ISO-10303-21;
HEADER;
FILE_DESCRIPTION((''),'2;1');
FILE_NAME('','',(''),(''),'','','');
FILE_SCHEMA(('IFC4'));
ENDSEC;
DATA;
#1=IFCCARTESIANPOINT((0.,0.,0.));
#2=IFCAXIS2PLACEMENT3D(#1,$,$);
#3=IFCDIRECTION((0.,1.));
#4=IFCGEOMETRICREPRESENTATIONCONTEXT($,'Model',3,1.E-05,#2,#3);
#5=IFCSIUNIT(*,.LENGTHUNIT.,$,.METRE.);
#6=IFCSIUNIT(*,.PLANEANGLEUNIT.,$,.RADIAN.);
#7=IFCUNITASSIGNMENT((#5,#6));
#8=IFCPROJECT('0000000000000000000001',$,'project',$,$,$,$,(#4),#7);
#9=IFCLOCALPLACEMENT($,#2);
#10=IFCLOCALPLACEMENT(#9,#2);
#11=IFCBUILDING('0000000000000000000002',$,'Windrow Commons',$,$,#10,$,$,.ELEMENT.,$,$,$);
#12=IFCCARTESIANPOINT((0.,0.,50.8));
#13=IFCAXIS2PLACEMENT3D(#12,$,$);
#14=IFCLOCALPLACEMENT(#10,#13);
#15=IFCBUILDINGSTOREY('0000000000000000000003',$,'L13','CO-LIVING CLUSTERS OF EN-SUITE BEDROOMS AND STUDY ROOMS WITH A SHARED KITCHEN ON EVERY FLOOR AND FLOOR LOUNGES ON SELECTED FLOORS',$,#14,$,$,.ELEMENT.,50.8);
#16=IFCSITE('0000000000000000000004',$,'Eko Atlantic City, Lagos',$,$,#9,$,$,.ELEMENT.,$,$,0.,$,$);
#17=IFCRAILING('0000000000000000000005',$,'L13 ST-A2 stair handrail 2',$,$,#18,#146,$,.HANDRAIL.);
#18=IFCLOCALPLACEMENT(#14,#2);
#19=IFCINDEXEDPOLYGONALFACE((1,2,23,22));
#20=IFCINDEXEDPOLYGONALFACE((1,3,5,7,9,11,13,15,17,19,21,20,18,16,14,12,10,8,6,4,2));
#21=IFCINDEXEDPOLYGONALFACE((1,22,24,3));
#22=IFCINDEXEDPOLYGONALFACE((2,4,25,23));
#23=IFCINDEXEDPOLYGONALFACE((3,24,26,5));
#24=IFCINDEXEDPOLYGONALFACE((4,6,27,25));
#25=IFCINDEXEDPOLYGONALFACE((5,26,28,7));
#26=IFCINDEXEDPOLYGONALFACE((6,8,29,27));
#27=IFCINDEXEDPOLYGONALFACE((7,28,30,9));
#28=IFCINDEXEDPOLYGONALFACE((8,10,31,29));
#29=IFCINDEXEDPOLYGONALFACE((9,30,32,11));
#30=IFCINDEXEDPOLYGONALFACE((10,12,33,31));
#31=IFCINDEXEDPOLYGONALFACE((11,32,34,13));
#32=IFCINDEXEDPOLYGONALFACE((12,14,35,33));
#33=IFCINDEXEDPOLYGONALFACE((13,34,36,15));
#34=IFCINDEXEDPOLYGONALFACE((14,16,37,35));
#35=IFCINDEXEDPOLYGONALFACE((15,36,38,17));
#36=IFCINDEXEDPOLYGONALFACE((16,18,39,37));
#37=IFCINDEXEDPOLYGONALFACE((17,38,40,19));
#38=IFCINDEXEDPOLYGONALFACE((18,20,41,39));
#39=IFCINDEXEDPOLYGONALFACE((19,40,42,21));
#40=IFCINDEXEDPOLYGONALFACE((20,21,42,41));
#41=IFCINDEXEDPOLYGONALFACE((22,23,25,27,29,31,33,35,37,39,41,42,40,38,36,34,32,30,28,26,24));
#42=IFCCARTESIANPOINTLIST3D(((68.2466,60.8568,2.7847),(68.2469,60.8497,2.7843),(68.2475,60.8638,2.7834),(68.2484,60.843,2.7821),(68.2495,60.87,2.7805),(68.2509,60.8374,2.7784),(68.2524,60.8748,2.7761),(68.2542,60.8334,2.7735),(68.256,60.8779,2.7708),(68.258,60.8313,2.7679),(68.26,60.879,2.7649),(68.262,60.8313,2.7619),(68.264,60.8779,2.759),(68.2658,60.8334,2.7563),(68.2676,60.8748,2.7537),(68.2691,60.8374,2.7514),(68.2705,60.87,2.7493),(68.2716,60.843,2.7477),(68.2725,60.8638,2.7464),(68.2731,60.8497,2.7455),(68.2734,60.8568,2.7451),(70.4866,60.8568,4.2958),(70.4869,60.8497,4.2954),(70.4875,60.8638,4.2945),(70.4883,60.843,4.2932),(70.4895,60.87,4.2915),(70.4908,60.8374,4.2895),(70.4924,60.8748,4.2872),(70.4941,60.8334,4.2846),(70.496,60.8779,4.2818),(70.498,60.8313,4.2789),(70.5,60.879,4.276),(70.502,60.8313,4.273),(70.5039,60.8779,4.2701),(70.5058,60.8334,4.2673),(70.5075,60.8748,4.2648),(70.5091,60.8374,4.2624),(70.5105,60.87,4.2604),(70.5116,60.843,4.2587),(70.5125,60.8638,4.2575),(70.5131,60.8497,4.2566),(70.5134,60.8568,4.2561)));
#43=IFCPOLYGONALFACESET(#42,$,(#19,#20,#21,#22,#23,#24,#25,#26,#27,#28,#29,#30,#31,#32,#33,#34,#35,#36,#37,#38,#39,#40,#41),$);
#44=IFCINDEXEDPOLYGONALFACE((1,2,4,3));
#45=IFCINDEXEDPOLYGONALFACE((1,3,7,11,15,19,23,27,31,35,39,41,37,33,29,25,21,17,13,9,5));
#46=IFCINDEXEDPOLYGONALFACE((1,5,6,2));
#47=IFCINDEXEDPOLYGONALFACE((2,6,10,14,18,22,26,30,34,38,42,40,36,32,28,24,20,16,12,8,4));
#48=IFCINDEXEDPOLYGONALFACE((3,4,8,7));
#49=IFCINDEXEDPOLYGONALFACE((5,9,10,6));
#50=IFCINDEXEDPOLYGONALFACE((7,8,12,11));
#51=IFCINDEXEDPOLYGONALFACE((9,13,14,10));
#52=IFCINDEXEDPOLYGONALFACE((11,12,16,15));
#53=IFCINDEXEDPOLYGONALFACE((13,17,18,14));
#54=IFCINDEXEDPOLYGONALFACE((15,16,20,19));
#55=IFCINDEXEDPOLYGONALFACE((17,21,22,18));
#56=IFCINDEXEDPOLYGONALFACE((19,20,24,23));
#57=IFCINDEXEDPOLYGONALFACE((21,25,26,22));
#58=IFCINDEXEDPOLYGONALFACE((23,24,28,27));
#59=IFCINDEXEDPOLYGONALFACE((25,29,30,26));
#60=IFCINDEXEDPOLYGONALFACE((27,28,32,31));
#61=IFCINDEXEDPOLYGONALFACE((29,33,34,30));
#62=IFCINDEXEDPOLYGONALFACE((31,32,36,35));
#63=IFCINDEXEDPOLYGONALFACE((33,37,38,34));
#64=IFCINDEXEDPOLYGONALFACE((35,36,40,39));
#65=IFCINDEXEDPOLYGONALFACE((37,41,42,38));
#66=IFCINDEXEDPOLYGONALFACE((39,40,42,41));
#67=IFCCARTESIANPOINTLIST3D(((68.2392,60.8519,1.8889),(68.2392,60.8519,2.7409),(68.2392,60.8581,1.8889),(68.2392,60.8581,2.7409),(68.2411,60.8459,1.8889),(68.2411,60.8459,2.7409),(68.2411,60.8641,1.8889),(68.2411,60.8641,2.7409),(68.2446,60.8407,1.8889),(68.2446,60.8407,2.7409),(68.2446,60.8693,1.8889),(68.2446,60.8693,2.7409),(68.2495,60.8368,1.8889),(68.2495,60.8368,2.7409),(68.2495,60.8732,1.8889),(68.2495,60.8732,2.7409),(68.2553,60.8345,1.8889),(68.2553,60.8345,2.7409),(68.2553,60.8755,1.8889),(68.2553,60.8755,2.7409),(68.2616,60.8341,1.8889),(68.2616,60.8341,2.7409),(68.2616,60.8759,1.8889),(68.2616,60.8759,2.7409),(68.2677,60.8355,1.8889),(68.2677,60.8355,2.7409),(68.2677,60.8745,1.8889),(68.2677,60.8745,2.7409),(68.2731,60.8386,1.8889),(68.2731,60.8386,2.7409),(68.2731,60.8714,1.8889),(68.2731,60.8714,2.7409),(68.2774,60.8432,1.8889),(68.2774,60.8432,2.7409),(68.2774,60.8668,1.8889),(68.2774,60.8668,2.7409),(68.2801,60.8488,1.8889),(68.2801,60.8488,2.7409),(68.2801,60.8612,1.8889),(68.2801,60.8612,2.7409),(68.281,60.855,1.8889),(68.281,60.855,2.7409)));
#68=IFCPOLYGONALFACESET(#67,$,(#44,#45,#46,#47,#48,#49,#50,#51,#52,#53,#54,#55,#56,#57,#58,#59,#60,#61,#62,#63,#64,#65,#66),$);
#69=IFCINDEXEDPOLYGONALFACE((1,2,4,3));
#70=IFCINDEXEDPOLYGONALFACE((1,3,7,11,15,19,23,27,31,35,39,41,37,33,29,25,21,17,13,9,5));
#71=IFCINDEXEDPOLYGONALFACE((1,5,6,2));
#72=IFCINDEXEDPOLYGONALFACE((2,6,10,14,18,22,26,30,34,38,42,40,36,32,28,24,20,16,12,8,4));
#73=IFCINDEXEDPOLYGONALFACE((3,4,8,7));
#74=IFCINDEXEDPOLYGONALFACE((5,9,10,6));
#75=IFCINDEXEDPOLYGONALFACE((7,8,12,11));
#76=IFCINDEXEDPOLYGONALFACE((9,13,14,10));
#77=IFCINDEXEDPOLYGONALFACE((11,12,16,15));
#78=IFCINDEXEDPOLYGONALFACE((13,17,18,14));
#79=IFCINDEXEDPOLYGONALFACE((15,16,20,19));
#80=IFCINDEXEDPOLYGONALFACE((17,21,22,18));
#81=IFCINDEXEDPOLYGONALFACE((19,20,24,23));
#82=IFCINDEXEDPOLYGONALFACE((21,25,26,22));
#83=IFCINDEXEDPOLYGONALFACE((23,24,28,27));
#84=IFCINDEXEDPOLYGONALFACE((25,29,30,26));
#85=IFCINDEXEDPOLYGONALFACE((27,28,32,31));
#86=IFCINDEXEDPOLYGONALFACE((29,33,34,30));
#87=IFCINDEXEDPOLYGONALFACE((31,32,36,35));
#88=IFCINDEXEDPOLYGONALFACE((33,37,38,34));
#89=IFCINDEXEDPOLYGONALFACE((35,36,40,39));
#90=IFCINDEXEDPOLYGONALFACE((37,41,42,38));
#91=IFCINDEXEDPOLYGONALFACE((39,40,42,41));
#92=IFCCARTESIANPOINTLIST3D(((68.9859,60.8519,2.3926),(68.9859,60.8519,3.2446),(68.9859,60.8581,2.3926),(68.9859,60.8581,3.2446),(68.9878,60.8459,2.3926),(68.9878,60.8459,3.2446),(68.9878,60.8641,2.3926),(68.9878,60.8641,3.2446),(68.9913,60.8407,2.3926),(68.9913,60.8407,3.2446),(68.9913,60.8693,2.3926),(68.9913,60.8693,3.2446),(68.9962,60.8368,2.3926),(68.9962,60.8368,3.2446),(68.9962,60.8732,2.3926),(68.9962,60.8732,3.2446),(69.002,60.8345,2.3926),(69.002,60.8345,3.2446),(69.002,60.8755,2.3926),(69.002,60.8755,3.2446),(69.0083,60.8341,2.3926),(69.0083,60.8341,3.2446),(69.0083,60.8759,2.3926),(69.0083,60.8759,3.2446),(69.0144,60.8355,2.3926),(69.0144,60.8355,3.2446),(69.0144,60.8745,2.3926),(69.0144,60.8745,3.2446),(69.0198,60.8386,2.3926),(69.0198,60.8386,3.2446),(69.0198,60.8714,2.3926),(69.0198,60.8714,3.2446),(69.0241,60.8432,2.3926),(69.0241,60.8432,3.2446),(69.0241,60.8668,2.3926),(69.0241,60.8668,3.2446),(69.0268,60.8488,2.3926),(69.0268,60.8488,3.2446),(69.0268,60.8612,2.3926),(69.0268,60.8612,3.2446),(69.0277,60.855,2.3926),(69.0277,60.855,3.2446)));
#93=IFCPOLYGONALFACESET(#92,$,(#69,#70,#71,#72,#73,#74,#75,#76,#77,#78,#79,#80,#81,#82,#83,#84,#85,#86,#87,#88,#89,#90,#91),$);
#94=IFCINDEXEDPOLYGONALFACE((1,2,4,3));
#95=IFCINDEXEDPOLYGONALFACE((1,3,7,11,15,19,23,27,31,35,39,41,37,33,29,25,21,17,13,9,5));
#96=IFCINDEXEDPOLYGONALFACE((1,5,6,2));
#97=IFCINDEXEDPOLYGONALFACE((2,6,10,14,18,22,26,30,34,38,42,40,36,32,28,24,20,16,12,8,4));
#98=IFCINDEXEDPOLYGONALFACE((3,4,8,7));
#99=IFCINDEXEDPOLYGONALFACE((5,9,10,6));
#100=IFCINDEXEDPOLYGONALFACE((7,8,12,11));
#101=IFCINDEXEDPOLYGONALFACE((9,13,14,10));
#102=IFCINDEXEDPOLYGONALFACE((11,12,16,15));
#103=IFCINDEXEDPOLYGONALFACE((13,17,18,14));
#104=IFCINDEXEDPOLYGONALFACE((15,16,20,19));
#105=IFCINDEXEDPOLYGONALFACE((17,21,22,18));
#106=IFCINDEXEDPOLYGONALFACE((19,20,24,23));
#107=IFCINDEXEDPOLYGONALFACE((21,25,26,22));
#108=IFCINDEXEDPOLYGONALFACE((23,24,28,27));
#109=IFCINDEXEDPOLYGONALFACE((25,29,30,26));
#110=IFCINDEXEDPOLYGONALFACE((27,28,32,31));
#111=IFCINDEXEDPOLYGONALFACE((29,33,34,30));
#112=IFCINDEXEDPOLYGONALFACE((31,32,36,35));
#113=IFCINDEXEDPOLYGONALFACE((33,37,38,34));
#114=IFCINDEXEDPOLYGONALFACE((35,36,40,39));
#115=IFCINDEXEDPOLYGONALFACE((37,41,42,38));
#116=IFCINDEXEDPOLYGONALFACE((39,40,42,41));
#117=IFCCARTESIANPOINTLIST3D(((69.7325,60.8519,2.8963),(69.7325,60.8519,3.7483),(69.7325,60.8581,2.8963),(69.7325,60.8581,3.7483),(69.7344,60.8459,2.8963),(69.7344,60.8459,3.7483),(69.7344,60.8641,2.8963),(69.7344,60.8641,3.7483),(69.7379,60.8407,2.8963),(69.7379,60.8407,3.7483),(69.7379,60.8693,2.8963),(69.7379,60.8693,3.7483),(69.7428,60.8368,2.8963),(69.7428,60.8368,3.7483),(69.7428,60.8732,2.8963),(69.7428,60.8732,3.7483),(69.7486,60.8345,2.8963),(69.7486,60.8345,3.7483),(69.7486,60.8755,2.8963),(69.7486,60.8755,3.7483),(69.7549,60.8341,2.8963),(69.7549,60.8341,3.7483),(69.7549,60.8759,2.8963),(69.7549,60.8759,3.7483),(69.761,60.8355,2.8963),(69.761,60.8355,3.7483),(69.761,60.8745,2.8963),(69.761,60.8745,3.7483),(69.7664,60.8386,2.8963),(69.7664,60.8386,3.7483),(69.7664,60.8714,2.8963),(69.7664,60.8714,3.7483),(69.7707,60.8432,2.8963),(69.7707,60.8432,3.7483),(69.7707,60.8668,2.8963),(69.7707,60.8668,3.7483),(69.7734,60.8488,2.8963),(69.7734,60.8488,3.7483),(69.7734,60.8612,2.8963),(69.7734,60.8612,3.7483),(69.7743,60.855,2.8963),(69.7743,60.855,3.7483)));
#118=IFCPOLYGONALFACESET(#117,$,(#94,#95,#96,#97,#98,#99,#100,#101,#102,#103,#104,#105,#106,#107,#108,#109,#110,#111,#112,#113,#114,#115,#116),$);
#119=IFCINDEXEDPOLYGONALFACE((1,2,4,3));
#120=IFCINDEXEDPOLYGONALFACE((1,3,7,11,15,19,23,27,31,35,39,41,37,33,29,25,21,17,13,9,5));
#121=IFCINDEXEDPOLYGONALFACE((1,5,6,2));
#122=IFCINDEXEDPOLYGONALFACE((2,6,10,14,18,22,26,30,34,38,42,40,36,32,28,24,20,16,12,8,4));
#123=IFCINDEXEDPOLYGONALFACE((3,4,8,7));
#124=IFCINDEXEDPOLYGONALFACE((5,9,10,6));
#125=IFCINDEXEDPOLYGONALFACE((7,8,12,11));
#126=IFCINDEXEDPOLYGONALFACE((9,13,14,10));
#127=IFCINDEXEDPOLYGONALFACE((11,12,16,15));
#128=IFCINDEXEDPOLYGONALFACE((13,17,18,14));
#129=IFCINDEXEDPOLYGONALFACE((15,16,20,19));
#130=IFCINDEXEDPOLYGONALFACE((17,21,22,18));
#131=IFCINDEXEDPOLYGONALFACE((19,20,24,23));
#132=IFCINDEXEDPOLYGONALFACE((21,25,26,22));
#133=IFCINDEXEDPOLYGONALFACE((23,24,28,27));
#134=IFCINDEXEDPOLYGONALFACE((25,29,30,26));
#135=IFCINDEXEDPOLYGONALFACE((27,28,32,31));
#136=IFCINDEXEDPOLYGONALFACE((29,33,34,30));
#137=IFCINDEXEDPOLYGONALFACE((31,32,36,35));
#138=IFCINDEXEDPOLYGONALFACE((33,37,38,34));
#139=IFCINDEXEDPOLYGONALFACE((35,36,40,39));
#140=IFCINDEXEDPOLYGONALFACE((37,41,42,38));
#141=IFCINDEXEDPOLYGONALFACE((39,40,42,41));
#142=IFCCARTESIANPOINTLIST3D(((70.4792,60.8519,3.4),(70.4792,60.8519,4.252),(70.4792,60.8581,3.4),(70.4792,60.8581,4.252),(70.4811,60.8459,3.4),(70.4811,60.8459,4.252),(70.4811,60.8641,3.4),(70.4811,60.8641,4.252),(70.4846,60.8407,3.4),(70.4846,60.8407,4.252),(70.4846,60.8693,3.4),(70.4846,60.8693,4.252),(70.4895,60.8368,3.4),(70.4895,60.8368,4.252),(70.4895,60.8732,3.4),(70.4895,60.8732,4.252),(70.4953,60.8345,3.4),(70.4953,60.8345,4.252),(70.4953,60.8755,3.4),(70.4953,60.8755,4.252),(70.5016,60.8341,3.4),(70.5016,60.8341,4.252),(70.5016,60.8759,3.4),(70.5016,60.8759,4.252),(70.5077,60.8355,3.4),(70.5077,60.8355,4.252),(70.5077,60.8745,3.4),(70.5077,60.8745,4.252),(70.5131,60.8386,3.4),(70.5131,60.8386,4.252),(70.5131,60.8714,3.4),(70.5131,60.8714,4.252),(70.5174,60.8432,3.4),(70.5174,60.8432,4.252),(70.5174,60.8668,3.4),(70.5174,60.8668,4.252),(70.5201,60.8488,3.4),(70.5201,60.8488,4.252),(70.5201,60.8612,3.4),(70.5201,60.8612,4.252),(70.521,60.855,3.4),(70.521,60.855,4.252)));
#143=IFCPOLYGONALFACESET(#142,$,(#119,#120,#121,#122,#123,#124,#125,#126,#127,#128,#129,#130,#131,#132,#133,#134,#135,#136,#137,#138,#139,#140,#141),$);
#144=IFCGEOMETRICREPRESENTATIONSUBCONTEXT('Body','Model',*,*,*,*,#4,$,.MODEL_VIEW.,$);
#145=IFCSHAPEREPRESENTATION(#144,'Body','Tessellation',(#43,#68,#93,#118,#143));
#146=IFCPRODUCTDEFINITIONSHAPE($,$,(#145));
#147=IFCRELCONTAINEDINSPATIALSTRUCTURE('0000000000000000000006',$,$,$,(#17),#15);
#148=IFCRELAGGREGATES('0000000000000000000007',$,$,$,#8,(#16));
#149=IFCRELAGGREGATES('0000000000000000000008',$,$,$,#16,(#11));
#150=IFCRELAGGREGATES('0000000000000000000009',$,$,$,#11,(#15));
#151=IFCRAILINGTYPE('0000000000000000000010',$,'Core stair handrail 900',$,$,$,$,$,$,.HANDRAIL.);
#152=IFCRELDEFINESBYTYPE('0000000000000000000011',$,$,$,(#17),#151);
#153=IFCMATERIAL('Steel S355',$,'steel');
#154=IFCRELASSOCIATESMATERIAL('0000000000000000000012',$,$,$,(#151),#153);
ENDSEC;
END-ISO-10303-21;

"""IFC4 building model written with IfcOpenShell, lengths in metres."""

from ifc_helpers import new_model, si_unit, direction, frame, origin, origin_2d, place, context, subcontext, project, spatial, circle, extrude, material, type_object, element, save


model = new_model("IFC4")

# Units and contexts
model_context = context("Model", 3, precision=1e-05, world=origin(), true_north=direction((0.0, 1.0)))
body_context = subcontext(model_context, "Body", "Model", "MODEL_VIEW")
ifc_project = project(units=[si_unit("LENGTHUNIT", "METRE"), si_unit("PLANEANGLEUNIT", "RADIAN")], contexts=[model_context])

# Site, building, storey
site_placement = place(None, origin())
site = spatial("IfcSite", under=ifc_project, at=site_placement, Name="Eko Atlantic City, Lagos", CompositionType="ELEMENT", RefElevation=0.0)
building_placement = place(site_placement, origin())
building = spatial("IfcBuilding", under=site, at=building_placement, Name="Windrow Commons", CompositionType="ELEMENT")
storey_placement = place(building_placement, frame((0.0, 0.0, 50.8)))
storey = spatial("IfcBuildingStorey", under=building, at=storey_placement, Name="L13", Description="CO-LIVING CLUSTERS OF EN-SUITE BEDROOMS AND STUDY ROOMS WITH A SHARED KITCHEN ON EVERY FLOOR AND FLOOR LOUNGES ON SELECTED FLOORS", CompositionType="ELEMENT", Elevation=50.8)

# Railing
ifc_material_1 = material(Name="Steel S355", Category="steel")
railing_type_1 = type_object("IfcRailingType", Name="Core stair handrail 900", PredefinedType="HANDRAIL", material=ifc_material_1)
railing_1_placement = place(storey_placement, frame((68.26, 60.855, 1.8889)))
element("IfcRailing", 1, at=railing_1_placement, inside=storey, type_object=railing_type_1, Name="L13 ST-A2 stair handrail 2", PredefinedType="HANDRAIL", context=body_context, shape_type="SweptSolid", body=[
    extrude(circle(Radius=0.024, at=origin_2d()), frame((0.0, 0.0, 0.876), z_axis=(0.829003, 0.0, 0.559244), x_axis=(0.0, 1.0, 0.0)), (0.0, 0.0, 1.0), 2.702),
    extrude(circle(Radius=0.021, at=origin_2d()), origin(), (0.0, 0.0, 1.0), 0.852),
    extrude(circle(Radius=0.021, at=origin_2d()), frame((0.7467, 0.0, 0.5037)), (0.0, 0.0, 1.0), 0.852),
    extrude(circle(Radius=0.021, at=origin_2d()), frame((1.4933, 0.0, 1.0074)), (0.0, 0.0, 1.0), 0.852),
    extrude(circle(Radius=0.021, at=origin_2d()), frame((2.24, 0.0, 1.5111)), (0.0, 0.0, 1.0), 0.852),
])

save(model, "model.ifc")
